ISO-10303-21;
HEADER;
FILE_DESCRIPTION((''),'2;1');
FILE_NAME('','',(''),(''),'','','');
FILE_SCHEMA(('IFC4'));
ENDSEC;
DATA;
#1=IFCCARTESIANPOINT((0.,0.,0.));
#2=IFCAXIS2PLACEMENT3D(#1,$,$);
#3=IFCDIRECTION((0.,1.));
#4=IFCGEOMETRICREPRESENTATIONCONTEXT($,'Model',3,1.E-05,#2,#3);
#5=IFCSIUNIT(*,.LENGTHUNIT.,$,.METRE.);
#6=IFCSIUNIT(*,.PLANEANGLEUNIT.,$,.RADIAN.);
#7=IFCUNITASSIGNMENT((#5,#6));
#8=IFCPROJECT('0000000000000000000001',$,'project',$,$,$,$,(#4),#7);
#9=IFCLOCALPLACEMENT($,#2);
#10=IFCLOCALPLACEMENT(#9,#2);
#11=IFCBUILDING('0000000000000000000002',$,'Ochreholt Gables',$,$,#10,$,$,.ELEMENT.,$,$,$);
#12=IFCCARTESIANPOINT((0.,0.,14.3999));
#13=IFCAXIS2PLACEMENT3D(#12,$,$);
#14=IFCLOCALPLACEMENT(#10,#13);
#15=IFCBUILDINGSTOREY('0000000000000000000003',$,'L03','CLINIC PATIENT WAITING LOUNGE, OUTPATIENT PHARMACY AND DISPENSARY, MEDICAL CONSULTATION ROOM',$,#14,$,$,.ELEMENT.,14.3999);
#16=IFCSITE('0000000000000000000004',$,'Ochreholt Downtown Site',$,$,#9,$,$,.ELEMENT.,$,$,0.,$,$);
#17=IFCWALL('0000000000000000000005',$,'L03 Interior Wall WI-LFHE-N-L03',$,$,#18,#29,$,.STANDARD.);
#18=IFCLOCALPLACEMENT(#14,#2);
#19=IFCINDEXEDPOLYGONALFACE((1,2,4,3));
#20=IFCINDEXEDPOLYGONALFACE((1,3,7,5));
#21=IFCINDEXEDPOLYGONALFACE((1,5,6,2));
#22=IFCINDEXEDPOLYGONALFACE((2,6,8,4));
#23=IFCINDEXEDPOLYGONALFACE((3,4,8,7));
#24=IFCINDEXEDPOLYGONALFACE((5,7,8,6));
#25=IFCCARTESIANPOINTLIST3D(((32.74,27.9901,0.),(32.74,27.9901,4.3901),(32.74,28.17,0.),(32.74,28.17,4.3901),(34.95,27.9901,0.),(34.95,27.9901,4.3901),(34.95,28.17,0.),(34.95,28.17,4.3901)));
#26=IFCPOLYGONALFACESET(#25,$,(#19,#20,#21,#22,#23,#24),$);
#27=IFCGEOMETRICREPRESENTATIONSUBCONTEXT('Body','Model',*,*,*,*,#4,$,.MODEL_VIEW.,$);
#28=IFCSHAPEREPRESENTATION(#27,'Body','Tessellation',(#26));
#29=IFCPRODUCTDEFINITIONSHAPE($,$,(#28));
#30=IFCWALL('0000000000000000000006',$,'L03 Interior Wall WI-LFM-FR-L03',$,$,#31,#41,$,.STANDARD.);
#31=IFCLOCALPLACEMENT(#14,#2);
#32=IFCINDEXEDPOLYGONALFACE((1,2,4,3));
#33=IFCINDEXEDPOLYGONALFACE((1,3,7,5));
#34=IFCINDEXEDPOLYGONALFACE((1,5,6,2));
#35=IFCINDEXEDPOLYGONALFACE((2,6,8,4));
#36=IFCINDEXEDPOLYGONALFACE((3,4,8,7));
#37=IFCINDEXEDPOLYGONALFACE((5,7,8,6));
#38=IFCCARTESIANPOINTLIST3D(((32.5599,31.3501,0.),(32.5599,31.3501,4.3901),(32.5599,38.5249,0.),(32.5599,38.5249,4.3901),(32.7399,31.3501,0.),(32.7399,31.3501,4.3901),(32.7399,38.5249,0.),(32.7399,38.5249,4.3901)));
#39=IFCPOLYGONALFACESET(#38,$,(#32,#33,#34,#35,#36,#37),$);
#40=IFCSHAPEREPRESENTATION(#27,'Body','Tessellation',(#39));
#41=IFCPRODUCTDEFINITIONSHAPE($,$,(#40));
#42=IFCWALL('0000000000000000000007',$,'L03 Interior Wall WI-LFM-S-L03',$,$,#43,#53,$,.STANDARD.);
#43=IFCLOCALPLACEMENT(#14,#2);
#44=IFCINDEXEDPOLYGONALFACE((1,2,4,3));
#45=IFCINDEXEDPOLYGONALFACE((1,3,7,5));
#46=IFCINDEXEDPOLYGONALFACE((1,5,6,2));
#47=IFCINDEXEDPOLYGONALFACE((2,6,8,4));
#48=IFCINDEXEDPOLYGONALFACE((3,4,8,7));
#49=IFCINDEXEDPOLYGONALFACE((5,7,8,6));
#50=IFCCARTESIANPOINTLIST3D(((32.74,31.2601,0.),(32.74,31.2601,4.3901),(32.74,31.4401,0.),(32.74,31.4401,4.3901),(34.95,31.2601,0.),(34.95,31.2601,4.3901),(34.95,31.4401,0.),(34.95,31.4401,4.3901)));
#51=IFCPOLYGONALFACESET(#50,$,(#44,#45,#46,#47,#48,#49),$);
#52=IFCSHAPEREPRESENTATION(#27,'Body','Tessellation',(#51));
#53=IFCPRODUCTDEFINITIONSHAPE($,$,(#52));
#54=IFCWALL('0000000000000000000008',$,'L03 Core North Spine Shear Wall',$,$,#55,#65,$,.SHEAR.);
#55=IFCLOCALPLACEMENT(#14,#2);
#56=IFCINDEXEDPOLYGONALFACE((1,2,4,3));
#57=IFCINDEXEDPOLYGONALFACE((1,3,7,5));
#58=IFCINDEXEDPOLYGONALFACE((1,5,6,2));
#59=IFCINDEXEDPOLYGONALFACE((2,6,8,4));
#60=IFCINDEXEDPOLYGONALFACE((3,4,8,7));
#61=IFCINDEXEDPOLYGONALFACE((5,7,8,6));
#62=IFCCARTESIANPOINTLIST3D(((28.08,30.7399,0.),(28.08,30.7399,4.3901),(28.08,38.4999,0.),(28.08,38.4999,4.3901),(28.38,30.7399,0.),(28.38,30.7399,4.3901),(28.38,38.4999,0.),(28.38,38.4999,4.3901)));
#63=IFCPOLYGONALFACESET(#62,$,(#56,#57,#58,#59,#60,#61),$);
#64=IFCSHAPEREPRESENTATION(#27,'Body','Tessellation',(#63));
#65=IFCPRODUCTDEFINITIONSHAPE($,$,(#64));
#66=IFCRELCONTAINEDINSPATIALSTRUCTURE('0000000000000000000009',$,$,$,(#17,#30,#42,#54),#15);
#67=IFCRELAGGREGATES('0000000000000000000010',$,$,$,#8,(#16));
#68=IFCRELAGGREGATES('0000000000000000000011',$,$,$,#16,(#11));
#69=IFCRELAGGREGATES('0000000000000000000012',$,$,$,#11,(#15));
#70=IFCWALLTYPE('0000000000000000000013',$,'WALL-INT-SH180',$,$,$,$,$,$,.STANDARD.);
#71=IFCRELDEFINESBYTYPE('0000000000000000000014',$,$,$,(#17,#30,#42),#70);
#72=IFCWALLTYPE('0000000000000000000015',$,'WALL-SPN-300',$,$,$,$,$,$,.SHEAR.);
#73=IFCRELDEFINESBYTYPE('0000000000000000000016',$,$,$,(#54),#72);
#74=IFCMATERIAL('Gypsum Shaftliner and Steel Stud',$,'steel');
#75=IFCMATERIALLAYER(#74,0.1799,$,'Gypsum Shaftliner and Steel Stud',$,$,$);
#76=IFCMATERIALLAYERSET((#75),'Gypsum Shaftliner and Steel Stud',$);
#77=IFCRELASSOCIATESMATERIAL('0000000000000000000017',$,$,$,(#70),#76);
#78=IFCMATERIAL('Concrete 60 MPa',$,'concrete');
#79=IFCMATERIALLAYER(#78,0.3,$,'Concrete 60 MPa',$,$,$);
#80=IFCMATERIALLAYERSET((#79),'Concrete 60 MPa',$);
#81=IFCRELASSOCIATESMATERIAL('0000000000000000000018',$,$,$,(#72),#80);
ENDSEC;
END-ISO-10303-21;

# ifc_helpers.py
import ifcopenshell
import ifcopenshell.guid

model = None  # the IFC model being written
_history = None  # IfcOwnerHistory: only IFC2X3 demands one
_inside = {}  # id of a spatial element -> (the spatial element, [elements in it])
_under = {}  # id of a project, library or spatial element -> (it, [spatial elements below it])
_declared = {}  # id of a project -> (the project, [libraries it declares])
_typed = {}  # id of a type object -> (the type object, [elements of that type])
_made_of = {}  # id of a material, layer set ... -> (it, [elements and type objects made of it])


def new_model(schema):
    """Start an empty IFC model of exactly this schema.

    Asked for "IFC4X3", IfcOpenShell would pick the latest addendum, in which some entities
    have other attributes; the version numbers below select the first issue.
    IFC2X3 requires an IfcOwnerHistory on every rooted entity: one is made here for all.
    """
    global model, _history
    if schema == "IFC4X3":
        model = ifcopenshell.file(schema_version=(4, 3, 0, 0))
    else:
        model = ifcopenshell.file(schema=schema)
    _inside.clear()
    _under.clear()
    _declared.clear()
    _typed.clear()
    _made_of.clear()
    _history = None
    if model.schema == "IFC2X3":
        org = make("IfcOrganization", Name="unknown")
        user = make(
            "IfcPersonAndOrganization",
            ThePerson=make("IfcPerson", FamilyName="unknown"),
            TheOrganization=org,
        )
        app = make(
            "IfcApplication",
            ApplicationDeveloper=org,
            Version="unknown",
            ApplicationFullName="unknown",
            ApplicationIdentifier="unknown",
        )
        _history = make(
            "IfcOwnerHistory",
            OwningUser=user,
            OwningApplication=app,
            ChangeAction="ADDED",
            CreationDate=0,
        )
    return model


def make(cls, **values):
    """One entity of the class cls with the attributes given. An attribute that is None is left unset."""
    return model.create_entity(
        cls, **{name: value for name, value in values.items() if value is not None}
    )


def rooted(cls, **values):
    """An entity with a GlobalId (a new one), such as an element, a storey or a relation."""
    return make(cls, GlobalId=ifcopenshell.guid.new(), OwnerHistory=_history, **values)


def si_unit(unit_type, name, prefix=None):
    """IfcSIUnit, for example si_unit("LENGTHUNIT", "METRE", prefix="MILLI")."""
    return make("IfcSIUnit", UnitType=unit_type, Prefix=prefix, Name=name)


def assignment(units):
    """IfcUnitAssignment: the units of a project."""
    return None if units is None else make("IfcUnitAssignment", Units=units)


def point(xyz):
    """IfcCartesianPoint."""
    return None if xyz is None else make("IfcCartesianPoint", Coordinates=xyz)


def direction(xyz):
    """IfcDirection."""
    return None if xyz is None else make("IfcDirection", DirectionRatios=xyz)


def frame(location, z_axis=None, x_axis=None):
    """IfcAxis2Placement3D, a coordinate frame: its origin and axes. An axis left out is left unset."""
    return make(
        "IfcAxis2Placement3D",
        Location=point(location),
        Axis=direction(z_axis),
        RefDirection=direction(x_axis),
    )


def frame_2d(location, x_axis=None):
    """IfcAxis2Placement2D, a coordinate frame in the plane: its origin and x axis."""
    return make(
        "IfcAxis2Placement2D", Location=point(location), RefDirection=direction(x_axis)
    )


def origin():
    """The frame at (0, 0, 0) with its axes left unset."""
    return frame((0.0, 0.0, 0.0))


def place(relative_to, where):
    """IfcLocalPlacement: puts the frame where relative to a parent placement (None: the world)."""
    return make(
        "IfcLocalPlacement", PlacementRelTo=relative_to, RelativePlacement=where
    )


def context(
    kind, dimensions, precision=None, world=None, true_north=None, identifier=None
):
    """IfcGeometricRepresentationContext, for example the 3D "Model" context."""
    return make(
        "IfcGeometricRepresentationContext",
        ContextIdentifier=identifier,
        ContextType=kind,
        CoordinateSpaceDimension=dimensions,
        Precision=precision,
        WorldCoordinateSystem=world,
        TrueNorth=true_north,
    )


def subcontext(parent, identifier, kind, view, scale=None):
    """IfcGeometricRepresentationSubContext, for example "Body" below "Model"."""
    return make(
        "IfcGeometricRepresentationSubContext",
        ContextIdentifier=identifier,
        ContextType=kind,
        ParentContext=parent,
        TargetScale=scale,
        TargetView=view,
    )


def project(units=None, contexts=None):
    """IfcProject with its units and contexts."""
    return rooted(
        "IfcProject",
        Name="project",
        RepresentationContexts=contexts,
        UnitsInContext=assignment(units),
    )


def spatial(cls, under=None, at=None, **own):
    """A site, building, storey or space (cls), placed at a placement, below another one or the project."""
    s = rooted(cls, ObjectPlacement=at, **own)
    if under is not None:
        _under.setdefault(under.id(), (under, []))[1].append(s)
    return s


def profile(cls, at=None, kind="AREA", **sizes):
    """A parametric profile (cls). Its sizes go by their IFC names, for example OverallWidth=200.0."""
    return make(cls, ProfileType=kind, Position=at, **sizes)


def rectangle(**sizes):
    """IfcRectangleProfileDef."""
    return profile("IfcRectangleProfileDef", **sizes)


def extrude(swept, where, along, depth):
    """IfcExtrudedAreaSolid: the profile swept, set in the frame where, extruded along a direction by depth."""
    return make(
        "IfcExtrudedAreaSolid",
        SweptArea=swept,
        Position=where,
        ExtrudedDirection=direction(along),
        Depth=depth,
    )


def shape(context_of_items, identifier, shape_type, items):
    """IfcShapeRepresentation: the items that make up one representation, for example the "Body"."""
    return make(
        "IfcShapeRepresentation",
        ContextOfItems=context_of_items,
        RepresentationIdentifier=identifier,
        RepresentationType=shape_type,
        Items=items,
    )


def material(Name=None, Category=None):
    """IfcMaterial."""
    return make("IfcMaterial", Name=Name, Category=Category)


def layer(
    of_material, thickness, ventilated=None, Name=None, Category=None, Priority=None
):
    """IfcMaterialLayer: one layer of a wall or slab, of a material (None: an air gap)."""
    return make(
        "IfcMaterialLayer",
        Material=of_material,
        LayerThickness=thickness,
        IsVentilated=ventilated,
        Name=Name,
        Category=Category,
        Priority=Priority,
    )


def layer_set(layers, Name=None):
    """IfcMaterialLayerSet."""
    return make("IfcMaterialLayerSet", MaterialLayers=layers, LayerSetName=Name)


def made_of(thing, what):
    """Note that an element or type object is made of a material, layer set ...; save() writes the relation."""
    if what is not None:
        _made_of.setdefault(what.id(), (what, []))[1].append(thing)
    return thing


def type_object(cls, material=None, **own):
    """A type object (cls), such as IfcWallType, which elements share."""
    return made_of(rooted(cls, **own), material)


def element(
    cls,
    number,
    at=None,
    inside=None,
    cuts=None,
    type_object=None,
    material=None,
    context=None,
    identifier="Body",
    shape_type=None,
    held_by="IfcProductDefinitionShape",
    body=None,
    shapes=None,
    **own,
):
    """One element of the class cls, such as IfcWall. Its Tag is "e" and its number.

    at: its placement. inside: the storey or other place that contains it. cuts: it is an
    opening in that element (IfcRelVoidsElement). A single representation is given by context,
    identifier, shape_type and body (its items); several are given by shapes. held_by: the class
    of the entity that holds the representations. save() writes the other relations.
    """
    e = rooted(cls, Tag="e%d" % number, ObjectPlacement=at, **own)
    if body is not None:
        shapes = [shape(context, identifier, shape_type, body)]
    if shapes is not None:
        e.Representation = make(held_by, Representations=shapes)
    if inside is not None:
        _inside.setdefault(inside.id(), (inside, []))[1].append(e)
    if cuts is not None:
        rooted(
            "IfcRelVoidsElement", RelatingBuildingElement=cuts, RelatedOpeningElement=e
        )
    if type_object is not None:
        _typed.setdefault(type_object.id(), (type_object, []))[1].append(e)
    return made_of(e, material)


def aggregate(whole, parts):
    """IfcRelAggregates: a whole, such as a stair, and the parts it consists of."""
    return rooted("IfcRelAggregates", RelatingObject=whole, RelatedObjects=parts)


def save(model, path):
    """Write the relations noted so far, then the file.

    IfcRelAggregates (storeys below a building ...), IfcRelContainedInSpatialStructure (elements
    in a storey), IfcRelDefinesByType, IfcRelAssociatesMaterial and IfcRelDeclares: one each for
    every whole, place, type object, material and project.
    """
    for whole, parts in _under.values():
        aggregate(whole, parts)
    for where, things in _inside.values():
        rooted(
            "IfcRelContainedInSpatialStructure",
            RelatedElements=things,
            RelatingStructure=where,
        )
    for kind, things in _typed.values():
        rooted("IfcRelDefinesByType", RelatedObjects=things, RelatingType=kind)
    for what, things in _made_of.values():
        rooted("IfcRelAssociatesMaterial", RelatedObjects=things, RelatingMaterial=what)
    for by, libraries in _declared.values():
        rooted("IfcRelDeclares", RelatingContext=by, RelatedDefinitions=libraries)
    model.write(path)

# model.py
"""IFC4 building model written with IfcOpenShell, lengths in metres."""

from ifc_helpers import new_model, si_unit, direction, frame, frame_2d, origin, place, context, subcontext, project, spatial, rectangle, extrude, material, layer, layer_set, type_object, element, save


model = new_model("IFC4")

# Units and contexts
model_context = context("Model", 3, precision=1e-05, world=origin(), true_north=direction((0.0, 1.0)))
body_context = subcontext(model_context, "Body", "Model", "MODEL_VIEW")
ifc_project = project(units=[si_unit("LENGTHUNIT", "METRE"), si_unit("PLANEANGLEUNIT", "RADIAN")], contexts=[model_context])

# Site, building, storey
site_placement = place(None, origin())
site = spatial("IfcSite", under=ifc_project, at=site_placement, Name="Ochreholt Downtown Site", CompositionType="ELEMENT", RefElevation=0.0)
building_placement = place(site_placement, origin())
building = spatial("IfcBuilding", under=site, at=building_placement, Name="Ochreholt Gables", CompositionType="ELEMENT")
storey_placement = place(building_placement, frame((0.0, 0.0, 14.3999)))
storey = spatial("IfcBuildingStorey", under=building, at=storey_placement, Name="L03", Description="CLINIC PATIENT WAITING LOUNGE, OUTPATIENT PHARMACY AND DISPENSARY, MEDICAL CONSULTATION ROOM", CompositionType="ELEMENT", Elevation=14.3999)

# Walls
ifc_material_1 = material(Name="Gypsum Shaftliner and Steel Stud", Category="steel")
ifc_layer_1 = layer(ifc_material_1, 0.1799, Name="Gypsum Shaftliner and Steel Stud")
ifc_layer_set_1 = layer_set([ifc_layer_1], Name="Gypsum Shaftliner and Steel Stud")
wall_type_1 = type_object("IfcWallType", Name="WALL-INT-SH180", PredefinedType="STANDARD", material=ifc_layer_set_1)
for number, where, z_axis, x_axis, name in (
    (1, (32.74, 28.0801, 0.0), (0.0, 0.0, 1.0), (1.0, 0.0, 0.0), "L03 Interior Wall WI-LFHE-N-L03"),
):
    element("IfcWall", number, at=place(storey_placement, frame(where, z_axis=z_axis, x_axis=x_axis)), inside=storey, type_object=wall_type_1, Name=name, PredefinedType="STANDARD", context=body_context, shape_type="SweptSolid", body=[
        extrude(rectangle(XDim=2.21, YDim=0.1799, at=frame_2d((1.105, 0.0))), origin(), (0.0, 0.0, 1.0), 4.3901),
    ])
wall_1_placement = place(storey_placement, frame((32.6499, 31.3501, 0.0), z_axis=(0.0, 0.0, 1.0), x_axis=(0.0, 1.0, 0.0)))
element("IfcWall", 2, at=wall_1_placement, inside=storey, type_object=wall_type_1, Name="L03 Interior Wall WI-LFM-FR-L03", PredefinedType="STANDARD", context=body_context, shape_type="SweptSolid", body=[
    extrude(rectangle(XDim=7.1748, YDim=0.1799, at=frame_2d((3.5874, 0.0))), origin(), (0.0, 0.0, 1.0), 4.3901),
])
wall_2_placement = place(storey_placement, frame((32.74, 31.3501, 0.0), z_axis=(0.0, 0.0, 1.0), x_axis=(1.0, 0.0, 0.0)))
element("IfcWall", 3, at=wall_2_placement, inside=storey, type_object=wall_type_1, Name="L03 Interior Wall WI-LFM-S-L03", PredefinedType="STANDARD", context=body_context, shape_type="SweptSolid", body=[
    extrude(rectangle(XDim=2.21, YDim=0.1799, at=frame_2d((1.105, 0.0))), origin(), (0.0, 0.0, 1.0), 4.3901),
])
ifc_material_2 = material(Name="Concrete 60 MPa", Category="concrete")
ifc_layer_2 = layer(ifc_material_2, 0.3, Name="Concrete 60 MPa")
ifc_layer_set_2 = layer_set([ifc_layer_2], Name="Concrete 60 MPa")
wall_type_2 = type_object("IfcWallType", Name="WALL-SPN-300", PredefinedType="SHEAR", material=ifc_layer_set_2)
wall_3_placement = place(storey_placement, frame((28.23, 30.74, 0.0), z_axis=(0.0, 0.0, 1.0), x_axis=(0.0, 1.0, 0.0)))
element("IfcWall", 4, at=wall_3_placement, inside=storey, type_object=wall_type_2, Name="L03 Core North Spine Shear Wall", PredefinedType="SHEAR", context=body_context, shape_type="SweptSolid", body=[
    extrude(rectangle(XDim=7.76, YDim=0.3, at=frame_2d((3.8799, 0.0))), origin(), (0.0, 0.0, 1.0), 4.3901),
])

save(model, "model.ifc")
